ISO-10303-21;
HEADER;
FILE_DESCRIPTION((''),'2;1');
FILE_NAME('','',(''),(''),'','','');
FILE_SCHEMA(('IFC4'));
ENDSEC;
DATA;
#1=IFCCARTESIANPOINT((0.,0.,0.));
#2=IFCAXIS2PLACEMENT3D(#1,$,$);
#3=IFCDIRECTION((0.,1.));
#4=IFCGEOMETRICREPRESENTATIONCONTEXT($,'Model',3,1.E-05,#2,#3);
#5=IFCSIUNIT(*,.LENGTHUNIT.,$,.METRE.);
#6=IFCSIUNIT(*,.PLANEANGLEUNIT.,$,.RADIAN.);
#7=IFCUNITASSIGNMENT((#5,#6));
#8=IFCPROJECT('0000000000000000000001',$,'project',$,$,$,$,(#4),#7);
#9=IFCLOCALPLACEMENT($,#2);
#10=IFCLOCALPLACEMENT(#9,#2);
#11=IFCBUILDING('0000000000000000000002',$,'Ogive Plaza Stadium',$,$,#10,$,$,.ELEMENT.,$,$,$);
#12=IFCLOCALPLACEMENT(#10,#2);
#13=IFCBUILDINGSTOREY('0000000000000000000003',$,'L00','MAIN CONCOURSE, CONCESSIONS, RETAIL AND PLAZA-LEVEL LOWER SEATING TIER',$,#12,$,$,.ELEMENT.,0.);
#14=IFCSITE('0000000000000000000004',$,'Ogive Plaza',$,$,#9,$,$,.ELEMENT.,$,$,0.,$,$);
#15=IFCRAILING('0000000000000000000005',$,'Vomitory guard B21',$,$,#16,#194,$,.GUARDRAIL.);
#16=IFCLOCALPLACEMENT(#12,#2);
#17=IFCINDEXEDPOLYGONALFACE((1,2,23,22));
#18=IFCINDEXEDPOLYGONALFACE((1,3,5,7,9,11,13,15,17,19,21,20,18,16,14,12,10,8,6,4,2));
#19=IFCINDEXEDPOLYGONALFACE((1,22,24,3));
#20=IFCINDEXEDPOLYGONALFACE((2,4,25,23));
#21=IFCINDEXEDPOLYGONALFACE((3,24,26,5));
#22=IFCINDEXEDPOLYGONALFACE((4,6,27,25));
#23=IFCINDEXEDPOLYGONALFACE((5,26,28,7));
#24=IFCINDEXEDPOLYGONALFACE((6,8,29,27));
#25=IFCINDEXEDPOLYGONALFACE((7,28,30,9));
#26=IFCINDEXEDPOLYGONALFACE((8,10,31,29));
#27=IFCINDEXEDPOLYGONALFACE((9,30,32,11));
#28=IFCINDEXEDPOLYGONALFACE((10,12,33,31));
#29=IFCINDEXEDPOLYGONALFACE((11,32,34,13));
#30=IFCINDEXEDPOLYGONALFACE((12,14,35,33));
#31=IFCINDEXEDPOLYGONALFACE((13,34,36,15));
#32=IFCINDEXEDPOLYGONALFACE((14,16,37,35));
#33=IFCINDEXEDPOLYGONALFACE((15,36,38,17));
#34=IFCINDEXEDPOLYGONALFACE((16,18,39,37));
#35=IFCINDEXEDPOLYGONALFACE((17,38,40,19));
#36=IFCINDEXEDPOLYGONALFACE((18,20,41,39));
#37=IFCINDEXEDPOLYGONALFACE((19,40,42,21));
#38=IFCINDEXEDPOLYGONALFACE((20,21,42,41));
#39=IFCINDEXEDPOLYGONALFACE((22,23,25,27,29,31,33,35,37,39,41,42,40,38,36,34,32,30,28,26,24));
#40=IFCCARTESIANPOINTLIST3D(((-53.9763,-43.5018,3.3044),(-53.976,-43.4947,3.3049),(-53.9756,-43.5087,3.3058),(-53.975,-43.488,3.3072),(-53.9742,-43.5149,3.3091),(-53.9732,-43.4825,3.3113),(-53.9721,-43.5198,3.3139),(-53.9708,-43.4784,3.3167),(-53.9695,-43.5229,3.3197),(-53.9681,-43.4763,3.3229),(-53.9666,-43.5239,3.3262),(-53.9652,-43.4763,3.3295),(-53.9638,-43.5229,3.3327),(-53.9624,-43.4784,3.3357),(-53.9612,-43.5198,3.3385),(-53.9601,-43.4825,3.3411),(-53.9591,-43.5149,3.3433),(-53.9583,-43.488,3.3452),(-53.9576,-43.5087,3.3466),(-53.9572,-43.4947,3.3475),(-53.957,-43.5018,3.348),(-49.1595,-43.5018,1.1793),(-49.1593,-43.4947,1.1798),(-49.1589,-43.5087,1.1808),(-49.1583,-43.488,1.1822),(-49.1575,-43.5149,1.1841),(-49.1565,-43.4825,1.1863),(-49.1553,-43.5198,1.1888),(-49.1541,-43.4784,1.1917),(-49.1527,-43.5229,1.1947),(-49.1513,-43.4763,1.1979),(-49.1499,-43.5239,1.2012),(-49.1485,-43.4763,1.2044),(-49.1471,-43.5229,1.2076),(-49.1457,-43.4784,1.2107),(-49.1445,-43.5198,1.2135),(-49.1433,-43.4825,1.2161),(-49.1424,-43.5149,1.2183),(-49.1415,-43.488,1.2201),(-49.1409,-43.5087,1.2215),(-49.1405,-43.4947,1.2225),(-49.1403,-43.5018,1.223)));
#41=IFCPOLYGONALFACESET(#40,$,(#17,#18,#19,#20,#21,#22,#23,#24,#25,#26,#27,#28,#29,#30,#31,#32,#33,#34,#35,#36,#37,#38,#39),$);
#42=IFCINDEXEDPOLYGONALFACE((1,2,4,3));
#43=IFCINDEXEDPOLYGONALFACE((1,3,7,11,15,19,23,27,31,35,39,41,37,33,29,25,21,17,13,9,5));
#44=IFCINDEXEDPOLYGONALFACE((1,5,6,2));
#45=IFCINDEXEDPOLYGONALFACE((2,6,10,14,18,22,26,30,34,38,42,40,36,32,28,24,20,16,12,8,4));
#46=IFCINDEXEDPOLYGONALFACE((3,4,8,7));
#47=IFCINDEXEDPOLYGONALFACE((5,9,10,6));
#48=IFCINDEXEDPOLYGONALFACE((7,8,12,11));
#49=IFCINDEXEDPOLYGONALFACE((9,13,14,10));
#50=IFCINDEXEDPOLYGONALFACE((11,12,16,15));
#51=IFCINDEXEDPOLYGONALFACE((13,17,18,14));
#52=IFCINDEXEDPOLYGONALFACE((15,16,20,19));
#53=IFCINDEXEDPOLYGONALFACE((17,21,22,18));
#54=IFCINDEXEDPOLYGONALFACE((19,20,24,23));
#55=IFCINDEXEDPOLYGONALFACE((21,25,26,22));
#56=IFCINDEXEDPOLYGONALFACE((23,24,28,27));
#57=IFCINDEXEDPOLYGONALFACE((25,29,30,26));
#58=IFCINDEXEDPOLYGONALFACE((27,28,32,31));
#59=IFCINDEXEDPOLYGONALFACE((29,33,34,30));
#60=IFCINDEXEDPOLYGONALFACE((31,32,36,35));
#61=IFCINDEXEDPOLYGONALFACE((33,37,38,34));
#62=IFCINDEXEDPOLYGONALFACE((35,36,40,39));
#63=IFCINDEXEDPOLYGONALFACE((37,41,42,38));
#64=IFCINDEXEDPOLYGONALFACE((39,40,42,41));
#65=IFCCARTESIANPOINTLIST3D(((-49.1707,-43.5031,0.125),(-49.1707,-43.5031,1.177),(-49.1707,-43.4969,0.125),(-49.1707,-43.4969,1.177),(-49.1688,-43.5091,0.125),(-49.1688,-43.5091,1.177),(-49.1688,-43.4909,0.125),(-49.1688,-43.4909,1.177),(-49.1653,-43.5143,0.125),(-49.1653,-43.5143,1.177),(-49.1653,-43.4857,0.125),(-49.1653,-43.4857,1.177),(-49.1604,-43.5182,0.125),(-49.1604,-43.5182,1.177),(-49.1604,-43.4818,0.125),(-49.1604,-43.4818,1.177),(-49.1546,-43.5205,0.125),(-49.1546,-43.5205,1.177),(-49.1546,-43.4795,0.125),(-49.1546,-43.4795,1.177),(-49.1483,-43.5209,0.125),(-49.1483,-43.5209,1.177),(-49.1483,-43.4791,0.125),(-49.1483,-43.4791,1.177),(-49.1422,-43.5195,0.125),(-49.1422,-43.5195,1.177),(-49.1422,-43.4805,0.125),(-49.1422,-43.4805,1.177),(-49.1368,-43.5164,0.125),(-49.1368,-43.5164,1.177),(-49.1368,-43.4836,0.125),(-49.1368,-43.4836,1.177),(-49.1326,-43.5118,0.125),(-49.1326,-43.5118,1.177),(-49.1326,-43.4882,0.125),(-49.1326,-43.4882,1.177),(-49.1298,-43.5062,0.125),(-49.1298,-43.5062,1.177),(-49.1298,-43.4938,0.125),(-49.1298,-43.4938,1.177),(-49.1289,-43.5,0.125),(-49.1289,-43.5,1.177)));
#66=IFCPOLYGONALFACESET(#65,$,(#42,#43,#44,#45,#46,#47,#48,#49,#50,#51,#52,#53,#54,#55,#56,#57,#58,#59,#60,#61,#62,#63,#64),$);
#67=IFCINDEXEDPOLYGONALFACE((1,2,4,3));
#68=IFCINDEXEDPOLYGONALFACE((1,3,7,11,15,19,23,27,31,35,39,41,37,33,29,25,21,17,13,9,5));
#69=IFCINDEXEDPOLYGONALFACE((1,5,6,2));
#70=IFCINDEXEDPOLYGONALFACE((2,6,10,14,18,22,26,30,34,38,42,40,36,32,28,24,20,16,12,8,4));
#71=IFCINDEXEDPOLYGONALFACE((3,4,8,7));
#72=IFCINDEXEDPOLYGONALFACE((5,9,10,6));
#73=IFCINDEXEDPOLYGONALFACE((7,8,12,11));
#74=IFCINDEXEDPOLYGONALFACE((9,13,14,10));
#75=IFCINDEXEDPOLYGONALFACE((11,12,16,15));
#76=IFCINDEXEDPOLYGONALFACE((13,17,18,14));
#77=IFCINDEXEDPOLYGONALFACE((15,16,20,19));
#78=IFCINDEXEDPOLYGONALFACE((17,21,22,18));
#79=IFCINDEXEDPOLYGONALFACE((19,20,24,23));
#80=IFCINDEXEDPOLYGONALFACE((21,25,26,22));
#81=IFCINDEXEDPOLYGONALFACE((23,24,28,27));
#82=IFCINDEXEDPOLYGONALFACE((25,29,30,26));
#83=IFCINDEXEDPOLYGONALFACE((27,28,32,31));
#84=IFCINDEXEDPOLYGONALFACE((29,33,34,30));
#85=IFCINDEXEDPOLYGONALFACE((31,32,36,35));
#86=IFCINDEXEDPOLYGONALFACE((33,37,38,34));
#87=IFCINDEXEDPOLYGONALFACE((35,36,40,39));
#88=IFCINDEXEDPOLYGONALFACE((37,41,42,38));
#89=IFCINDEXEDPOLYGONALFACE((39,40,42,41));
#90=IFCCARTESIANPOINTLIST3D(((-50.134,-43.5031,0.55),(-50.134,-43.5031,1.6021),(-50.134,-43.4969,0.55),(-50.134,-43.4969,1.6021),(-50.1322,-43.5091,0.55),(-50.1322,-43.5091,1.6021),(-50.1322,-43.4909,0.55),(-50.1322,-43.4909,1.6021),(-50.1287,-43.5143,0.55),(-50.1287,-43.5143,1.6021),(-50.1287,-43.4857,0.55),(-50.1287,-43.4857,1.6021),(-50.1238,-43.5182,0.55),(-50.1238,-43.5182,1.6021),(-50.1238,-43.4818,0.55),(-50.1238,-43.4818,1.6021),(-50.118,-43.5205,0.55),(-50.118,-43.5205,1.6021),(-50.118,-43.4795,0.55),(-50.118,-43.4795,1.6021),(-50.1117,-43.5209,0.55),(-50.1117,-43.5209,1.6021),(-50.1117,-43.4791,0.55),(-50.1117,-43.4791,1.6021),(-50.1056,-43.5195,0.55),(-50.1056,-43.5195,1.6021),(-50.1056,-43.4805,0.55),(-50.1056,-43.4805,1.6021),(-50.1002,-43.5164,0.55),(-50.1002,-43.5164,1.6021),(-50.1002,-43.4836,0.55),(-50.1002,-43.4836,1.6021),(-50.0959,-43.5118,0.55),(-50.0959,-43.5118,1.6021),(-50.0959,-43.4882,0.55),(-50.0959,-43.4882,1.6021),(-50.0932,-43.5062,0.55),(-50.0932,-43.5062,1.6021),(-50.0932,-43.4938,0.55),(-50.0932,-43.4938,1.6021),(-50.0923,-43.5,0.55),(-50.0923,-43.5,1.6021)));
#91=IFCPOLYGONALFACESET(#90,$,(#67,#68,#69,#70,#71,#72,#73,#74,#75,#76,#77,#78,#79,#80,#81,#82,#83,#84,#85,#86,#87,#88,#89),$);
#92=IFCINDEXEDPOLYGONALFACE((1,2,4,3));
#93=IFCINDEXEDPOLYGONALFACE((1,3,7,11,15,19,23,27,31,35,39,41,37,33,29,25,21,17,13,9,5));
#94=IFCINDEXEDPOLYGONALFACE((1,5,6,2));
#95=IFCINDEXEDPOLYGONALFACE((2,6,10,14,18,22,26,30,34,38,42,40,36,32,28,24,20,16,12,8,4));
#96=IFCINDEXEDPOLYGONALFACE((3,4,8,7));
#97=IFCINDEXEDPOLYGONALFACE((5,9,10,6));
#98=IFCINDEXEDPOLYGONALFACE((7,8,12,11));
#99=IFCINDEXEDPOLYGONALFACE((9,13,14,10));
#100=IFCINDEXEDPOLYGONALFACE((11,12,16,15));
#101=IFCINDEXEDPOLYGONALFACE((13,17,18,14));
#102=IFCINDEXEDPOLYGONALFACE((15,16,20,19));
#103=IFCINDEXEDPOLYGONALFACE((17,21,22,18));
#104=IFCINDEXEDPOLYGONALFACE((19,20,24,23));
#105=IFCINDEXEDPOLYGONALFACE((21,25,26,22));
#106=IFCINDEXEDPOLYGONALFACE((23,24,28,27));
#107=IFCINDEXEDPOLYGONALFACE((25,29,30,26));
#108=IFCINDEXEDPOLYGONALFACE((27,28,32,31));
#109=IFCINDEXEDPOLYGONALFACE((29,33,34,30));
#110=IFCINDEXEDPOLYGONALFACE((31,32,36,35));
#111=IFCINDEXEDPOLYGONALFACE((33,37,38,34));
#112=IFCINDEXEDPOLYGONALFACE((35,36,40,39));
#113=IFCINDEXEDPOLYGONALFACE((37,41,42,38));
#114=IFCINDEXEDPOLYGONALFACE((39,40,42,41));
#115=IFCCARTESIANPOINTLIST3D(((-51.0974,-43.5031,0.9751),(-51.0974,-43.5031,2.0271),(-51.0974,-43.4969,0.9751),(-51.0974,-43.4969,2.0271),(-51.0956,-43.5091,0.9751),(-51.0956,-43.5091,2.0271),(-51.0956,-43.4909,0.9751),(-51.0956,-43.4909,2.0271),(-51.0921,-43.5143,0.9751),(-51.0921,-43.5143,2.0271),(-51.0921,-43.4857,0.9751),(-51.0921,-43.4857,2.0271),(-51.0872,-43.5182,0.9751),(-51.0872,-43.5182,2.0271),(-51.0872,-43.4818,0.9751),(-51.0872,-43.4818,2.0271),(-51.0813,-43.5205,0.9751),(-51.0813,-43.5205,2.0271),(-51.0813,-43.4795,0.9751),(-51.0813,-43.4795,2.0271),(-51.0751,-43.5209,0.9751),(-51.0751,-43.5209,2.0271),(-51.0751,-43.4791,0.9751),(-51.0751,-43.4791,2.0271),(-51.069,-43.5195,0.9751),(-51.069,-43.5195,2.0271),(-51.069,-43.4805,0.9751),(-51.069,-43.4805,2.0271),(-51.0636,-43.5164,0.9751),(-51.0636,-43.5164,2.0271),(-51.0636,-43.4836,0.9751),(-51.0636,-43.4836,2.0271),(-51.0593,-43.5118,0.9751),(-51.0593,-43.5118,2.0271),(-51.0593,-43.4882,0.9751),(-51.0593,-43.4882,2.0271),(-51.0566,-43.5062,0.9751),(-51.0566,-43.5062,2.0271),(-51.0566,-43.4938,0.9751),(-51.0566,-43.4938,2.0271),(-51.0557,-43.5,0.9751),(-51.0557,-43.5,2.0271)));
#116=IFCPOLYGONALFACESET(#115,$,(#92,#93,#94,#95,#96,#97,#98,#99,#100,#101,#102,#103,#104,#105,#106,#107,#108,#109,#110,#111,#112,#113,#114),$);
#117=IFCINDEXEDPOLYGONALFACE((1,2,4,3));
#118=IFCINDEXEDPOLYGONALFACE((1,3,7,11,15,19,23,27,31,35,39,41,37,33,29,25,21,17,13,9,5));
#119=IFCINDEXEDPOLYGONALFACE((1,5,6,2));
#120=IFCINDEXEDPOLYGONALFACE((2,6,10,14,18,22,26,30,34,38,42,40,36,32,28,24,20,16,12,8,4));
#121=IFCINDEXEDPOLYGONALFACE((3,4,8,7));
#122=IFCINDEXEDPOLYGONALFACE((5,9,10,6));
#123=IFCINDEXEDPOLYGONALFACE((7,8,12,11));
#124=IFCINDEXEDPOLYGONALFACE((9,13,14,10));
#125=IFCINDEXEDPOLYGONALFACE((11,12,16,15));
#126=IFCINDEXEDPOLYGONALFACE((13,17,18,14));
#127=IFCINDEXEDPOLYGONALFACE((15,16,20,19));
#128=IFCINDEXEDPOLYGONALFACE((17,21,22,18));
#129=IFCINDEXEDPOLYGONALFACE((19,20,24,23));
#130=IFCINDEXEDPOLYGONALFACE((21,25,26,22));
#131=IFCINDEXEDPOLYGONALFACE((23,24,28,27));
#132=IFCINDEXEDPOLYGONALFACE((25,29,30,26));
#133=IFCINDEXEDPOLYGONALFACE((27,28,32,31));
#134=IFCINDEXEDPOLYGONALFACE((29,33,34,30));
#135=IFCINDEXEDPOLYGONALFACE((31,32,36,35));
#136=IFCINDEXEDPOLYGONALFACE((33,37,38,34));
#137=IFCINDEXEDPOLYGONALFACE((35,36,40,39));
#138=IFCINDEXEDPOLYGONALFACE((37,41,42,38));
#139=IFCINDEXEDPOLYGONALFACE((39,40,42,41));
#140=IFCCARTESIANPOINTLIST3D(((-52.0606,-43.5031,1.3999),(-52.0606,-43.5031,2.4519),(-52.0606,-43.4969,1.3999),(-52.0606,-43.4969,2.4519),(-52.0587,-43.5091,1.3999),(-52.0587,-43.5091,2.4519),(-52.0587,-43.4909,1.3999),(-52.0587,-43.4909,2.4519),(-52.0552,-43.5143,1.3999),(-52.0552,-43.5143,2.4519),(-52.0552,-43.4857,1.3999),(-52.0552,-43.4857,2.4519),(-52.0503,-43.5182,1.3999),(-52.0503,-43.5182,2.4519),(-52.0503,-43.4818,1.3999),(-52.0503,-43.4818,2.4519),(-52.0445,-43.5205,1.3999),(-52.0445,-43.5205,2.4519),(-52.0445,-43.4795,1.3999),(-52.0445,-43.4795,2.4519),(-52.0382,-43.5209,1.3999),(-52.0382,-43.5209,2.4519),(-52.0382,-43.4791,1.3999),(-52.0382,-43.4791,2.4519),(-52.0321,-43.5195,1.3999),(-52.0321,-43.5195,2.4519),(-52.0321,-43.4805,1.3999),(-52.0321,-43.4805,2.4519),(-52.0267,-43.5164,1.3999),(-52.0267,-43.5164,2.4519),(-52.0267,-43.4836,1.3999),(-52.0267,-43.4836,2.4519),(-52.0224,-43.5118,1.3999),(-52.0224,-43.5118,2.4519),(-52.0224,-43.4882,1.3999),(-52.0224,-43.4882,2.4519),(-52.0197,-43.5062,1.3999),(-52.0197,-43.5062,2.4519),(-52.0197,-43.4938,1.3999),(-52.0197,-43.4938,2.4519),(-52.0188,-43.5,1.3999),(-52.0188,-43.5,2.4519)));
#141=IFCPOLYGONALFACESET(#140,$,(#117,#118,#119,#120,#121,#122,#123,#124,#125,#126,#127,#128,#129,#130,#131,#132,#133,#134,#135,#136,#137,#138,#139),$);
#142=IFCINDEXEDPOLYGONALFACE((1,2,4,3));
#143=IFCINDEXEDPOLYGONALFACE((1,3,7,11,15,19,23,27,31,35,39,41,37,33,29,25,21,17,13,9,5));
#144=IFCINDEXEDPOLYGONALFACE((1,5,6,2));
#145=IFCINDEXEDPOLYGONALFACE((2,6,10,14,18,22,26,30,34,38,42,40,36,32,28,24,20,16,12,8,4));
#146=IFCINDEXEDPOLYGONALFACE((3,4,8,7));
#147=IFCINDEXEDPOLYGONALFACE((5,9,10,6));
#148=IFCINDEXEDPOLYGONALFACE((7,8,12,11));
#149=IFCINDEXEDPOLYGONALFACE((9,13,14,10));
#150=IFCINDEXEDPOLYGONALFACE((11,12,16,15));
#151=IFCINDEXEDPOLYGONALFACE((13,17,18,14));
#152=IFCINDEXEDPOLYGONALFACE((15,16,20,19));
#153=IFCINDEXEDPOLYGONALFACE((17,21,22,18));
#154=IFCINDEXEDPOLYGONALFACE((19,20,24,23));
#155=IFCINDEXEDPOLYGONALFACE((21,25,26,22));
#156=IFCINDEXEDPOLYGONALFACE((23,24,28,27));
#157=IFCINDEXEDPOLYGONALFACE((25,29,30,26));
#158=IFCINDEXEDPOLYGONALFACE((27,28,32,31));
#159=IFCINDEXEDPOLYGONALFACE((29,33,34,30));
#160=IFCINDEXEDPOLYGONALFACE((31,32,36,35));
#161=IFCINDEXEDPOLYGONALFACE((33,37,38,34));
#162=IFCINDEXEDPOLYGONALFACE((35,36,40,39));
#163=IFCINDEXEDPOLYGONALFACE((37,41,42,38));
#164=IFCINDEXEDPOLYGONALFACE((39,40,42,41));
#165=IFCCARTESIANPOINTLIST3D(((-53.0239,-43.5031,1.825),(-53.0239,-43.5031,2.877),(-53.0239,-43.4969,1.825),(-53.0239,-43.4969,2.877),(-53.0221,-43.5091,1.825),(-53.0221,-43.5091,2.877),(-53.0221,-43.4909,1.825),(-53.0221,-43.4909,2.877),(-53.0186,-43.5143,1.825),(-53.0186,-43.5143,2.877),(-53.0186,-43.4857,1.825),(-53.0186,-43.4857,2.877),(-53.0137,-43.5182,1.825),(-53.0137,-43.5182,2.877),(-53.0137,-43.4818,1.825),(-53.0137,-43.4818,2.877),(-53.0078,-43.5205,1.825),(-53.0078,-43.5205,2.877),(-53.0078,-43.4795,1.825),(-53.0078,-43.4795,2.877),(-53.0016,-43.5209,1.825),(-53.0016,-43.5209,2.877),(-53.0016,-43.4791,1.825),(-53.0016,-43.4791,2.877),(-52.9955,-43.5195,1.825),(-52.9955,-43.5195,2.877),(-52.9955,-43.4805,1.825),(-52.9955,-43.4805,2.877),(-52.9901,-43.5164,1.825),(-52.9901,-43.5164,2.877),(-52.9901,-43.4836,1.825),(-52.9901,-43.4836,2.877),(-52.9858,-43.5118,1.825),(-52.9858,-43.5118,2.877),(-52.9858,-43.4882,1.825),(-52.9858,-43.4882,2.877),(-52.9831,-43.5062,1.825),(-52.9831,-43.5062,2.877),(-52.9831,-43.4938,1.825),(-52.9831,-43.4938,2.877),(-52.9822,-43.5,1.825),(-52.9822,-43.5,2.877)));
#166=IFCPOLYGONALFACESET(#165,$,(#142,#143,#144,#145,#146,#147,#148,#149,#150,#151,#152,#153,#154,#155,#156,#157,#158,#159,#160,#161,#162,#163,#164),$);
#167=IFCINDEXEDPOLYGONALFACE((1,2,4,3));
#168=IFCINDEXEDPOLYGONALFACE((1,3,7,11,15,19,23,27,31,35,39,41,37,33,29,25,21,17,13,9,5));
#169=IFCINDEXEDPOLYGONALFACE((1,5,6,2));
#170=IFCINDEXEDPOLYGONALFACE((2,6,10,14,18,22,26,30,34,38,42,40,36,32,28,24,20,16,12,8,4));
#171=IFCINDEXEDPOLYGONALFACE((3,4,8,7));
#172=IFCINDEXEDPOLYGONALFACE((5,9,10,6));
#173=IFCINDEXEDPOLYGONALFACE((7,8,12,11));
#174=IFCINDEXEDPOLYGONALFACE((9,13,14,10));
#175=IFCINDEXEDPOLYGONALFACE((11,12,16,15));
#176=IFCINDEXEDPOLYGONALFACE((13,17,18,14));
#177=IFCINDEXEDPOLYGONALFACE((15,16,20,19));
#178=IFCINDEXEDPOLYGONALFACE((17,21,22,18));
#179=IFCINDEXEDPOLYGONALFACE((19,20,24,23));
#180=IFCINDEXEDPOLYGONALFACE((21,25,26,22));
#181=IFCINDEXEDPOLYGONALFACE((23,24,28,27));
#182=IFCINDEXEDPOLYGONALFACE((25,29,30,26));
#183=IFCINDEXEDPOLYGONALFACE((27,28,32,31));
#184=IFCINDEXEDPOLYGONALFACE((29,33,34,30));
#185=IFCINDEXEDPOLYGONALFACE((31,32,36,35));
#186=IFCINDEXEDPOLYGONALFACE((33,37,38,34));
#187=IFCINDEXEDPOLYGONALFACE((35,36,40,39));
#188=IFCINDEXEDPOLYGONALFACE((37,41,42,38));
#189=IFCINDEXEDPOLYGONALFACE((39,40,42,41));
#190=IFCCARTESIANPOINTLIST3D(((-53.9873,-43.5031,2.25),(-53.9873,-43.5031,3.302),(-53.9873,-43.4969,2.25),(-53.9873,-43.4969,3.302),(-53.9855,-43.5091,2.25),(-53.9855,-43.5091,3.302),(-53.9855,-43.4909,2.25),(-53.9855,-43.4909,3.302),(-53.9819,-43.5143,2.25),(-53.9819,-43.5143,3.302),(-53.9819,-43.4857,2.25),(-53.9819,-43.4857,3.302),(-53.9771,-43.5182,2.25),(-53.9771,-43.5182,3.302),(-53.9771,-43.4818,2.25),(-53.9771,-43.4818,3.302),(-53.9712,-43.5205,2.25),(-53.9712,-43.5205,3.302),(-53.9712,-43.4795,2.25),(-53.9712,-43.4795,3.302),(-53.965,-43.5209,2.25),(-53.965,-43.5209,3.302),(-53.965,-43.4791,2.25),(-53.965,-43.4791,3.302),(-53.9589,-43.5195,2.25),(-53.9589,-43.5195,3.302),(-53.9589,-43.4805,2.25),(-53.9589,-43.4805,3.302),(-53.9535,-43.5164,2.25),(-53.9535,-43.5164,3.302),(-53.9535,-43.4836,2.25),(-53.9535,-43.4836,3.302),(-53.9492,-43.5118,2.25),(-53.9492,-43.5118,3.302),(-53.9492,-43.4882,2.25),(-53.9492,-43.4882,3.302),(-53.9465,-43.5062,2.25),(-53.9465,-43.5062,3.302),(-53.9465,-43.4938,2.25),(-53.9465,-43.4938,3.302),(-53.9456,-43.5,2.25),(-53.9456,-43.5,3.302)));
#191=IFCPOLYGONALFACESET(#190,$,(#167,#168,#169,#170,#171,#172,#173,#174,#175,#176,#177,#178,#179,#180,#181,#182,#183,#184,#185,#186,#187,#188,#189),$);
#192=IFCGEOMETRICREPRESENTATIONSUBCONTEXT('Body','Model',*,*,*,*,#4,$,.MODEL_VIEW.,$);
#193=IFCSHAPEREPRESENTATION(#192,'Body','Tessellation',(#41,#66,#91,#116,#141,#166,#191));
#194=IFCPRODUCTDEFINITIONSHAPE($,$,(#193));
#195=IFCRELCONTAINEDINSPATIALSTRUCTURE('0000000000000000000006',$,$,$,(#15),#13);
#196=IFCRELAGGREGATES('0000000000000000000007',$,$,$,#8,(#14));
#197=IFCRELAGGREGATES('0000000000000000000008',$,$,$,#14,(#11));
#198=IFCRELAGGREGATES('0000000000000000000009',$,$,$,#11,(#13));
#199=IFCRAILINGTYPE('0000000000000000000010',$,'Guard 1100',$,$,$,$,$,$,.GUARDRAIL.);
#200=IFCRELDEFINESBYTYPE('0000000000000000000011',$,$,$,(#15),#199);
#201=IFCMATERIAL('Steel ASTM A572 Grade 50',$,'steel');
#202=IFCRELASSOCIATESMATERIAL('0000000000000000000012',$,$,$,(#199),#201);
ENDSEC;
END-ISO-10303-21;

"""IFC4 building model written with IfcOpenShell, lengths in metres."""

from ifc_helpers import new_model, si_unit, direction, frame, origin, origin_2d, place, context, subcontext, project, spatial, circle, extrude, material, type_object, element, save


model = new_model("IFC4")

# Units and contexts
model_context = context("Model", 3, precision=1e-05, world=origin(), true_north=direction((0.0, 1.0)))
body_context = subcontext(model_context, "Body", "Model", "MODEL_VIEW")
ifc_project = project(units=[si_unit("LENGTHUNIT", "METRE"), si_unit("PLANEANGLEUNIT", "RADIAN")], contexts=[model_context])

# Site, building, storey
site_placement = place(None, origin())
site = spatial("IfcSite", under=ifc_project, at=site_placement, Name="Ogive Plaza", CompositionType="ELEMENT", RefElevation=0.0)
building_placement = place(site_placement, origin())
building = spatial("IfcBuilding", under=site, at=building_placement, Name="Ogive Plaza Stadium", CompositionType="ELEMENT")
storey_placement = place(building_placement, origin())
storey = spatial("IfcBuildingStorey", under=building, at=storey_placement, Name="L00", Description="MAIN CONCOURSE, CONCESSIONS, RETAIL AND PLAZA-LEVEL LOWER SEATING TIER", CompositionType="ELEMENT", Elevation=0.0)

# Railing
ifc_material_1 = material(Name="Steel ASTM A572 Grade 50", Category="steel")
railing_type = type_object("IfcRailingType", Name="Guard 1100", PredefinedType="GUARDRAIL", material=ifc_material_1)
for number, where, name in (
    (1, (-49.1499, -43.5, 0.125), "Vomitory guard B21"),
):
    element("IfcRailing", number, at=place(storey_placement, frame(where)), inside=storey, type_object=railing_type, Name=name, PredefinedType="GUARDRAIL", context=body_context, shape_type="SweptSolid", body=[
        extrude(circle(Radius=0.0239, at=origin_2d()), frame((0.0, 0.0, 1.0762), z_axis=(-0.914917, 0.0, 0.403641), x_axis=(0.0, -1.0, 0.0)), (0.0, 0.0, 1.0), 5.2646),
        extrude(circle(Radius=0.021, at=origin_2d()), origin(), (0.0, 0.0, 1.0), 1.052),
        extrude(circle(Radius=0.021, at=origin_2d()), frame((-0.9634, 0.0, 0.425)), (0.0, 0.0, 1.0), 1.052),
        extrude(circle(Radius=0.021, at=origin_2d()), frame((-1.9268, 0.0, 0.8501)), (0.0, 0.0, 1.0), 1.052),
        extrude(circle(Radius=0.021, at=origin_2d()), frame((-2.8899, 0.0, 1.2749)), (0.0, 0.0, 1.0), 1.052),
        extrude(circle(Radius=0.021, at=origin_2d()), frame((-3.8533, 0.0, 1.7)), (0.0, 0.0, 1.0), 1.052),
        extrude(circle(Radius=0.021, at=origin_2d()), frame((-4.8167, 0.0, 2.125)), (0.0, 0.0, 1.0), 1.052),
    ])

save(model, "model.ifc")
